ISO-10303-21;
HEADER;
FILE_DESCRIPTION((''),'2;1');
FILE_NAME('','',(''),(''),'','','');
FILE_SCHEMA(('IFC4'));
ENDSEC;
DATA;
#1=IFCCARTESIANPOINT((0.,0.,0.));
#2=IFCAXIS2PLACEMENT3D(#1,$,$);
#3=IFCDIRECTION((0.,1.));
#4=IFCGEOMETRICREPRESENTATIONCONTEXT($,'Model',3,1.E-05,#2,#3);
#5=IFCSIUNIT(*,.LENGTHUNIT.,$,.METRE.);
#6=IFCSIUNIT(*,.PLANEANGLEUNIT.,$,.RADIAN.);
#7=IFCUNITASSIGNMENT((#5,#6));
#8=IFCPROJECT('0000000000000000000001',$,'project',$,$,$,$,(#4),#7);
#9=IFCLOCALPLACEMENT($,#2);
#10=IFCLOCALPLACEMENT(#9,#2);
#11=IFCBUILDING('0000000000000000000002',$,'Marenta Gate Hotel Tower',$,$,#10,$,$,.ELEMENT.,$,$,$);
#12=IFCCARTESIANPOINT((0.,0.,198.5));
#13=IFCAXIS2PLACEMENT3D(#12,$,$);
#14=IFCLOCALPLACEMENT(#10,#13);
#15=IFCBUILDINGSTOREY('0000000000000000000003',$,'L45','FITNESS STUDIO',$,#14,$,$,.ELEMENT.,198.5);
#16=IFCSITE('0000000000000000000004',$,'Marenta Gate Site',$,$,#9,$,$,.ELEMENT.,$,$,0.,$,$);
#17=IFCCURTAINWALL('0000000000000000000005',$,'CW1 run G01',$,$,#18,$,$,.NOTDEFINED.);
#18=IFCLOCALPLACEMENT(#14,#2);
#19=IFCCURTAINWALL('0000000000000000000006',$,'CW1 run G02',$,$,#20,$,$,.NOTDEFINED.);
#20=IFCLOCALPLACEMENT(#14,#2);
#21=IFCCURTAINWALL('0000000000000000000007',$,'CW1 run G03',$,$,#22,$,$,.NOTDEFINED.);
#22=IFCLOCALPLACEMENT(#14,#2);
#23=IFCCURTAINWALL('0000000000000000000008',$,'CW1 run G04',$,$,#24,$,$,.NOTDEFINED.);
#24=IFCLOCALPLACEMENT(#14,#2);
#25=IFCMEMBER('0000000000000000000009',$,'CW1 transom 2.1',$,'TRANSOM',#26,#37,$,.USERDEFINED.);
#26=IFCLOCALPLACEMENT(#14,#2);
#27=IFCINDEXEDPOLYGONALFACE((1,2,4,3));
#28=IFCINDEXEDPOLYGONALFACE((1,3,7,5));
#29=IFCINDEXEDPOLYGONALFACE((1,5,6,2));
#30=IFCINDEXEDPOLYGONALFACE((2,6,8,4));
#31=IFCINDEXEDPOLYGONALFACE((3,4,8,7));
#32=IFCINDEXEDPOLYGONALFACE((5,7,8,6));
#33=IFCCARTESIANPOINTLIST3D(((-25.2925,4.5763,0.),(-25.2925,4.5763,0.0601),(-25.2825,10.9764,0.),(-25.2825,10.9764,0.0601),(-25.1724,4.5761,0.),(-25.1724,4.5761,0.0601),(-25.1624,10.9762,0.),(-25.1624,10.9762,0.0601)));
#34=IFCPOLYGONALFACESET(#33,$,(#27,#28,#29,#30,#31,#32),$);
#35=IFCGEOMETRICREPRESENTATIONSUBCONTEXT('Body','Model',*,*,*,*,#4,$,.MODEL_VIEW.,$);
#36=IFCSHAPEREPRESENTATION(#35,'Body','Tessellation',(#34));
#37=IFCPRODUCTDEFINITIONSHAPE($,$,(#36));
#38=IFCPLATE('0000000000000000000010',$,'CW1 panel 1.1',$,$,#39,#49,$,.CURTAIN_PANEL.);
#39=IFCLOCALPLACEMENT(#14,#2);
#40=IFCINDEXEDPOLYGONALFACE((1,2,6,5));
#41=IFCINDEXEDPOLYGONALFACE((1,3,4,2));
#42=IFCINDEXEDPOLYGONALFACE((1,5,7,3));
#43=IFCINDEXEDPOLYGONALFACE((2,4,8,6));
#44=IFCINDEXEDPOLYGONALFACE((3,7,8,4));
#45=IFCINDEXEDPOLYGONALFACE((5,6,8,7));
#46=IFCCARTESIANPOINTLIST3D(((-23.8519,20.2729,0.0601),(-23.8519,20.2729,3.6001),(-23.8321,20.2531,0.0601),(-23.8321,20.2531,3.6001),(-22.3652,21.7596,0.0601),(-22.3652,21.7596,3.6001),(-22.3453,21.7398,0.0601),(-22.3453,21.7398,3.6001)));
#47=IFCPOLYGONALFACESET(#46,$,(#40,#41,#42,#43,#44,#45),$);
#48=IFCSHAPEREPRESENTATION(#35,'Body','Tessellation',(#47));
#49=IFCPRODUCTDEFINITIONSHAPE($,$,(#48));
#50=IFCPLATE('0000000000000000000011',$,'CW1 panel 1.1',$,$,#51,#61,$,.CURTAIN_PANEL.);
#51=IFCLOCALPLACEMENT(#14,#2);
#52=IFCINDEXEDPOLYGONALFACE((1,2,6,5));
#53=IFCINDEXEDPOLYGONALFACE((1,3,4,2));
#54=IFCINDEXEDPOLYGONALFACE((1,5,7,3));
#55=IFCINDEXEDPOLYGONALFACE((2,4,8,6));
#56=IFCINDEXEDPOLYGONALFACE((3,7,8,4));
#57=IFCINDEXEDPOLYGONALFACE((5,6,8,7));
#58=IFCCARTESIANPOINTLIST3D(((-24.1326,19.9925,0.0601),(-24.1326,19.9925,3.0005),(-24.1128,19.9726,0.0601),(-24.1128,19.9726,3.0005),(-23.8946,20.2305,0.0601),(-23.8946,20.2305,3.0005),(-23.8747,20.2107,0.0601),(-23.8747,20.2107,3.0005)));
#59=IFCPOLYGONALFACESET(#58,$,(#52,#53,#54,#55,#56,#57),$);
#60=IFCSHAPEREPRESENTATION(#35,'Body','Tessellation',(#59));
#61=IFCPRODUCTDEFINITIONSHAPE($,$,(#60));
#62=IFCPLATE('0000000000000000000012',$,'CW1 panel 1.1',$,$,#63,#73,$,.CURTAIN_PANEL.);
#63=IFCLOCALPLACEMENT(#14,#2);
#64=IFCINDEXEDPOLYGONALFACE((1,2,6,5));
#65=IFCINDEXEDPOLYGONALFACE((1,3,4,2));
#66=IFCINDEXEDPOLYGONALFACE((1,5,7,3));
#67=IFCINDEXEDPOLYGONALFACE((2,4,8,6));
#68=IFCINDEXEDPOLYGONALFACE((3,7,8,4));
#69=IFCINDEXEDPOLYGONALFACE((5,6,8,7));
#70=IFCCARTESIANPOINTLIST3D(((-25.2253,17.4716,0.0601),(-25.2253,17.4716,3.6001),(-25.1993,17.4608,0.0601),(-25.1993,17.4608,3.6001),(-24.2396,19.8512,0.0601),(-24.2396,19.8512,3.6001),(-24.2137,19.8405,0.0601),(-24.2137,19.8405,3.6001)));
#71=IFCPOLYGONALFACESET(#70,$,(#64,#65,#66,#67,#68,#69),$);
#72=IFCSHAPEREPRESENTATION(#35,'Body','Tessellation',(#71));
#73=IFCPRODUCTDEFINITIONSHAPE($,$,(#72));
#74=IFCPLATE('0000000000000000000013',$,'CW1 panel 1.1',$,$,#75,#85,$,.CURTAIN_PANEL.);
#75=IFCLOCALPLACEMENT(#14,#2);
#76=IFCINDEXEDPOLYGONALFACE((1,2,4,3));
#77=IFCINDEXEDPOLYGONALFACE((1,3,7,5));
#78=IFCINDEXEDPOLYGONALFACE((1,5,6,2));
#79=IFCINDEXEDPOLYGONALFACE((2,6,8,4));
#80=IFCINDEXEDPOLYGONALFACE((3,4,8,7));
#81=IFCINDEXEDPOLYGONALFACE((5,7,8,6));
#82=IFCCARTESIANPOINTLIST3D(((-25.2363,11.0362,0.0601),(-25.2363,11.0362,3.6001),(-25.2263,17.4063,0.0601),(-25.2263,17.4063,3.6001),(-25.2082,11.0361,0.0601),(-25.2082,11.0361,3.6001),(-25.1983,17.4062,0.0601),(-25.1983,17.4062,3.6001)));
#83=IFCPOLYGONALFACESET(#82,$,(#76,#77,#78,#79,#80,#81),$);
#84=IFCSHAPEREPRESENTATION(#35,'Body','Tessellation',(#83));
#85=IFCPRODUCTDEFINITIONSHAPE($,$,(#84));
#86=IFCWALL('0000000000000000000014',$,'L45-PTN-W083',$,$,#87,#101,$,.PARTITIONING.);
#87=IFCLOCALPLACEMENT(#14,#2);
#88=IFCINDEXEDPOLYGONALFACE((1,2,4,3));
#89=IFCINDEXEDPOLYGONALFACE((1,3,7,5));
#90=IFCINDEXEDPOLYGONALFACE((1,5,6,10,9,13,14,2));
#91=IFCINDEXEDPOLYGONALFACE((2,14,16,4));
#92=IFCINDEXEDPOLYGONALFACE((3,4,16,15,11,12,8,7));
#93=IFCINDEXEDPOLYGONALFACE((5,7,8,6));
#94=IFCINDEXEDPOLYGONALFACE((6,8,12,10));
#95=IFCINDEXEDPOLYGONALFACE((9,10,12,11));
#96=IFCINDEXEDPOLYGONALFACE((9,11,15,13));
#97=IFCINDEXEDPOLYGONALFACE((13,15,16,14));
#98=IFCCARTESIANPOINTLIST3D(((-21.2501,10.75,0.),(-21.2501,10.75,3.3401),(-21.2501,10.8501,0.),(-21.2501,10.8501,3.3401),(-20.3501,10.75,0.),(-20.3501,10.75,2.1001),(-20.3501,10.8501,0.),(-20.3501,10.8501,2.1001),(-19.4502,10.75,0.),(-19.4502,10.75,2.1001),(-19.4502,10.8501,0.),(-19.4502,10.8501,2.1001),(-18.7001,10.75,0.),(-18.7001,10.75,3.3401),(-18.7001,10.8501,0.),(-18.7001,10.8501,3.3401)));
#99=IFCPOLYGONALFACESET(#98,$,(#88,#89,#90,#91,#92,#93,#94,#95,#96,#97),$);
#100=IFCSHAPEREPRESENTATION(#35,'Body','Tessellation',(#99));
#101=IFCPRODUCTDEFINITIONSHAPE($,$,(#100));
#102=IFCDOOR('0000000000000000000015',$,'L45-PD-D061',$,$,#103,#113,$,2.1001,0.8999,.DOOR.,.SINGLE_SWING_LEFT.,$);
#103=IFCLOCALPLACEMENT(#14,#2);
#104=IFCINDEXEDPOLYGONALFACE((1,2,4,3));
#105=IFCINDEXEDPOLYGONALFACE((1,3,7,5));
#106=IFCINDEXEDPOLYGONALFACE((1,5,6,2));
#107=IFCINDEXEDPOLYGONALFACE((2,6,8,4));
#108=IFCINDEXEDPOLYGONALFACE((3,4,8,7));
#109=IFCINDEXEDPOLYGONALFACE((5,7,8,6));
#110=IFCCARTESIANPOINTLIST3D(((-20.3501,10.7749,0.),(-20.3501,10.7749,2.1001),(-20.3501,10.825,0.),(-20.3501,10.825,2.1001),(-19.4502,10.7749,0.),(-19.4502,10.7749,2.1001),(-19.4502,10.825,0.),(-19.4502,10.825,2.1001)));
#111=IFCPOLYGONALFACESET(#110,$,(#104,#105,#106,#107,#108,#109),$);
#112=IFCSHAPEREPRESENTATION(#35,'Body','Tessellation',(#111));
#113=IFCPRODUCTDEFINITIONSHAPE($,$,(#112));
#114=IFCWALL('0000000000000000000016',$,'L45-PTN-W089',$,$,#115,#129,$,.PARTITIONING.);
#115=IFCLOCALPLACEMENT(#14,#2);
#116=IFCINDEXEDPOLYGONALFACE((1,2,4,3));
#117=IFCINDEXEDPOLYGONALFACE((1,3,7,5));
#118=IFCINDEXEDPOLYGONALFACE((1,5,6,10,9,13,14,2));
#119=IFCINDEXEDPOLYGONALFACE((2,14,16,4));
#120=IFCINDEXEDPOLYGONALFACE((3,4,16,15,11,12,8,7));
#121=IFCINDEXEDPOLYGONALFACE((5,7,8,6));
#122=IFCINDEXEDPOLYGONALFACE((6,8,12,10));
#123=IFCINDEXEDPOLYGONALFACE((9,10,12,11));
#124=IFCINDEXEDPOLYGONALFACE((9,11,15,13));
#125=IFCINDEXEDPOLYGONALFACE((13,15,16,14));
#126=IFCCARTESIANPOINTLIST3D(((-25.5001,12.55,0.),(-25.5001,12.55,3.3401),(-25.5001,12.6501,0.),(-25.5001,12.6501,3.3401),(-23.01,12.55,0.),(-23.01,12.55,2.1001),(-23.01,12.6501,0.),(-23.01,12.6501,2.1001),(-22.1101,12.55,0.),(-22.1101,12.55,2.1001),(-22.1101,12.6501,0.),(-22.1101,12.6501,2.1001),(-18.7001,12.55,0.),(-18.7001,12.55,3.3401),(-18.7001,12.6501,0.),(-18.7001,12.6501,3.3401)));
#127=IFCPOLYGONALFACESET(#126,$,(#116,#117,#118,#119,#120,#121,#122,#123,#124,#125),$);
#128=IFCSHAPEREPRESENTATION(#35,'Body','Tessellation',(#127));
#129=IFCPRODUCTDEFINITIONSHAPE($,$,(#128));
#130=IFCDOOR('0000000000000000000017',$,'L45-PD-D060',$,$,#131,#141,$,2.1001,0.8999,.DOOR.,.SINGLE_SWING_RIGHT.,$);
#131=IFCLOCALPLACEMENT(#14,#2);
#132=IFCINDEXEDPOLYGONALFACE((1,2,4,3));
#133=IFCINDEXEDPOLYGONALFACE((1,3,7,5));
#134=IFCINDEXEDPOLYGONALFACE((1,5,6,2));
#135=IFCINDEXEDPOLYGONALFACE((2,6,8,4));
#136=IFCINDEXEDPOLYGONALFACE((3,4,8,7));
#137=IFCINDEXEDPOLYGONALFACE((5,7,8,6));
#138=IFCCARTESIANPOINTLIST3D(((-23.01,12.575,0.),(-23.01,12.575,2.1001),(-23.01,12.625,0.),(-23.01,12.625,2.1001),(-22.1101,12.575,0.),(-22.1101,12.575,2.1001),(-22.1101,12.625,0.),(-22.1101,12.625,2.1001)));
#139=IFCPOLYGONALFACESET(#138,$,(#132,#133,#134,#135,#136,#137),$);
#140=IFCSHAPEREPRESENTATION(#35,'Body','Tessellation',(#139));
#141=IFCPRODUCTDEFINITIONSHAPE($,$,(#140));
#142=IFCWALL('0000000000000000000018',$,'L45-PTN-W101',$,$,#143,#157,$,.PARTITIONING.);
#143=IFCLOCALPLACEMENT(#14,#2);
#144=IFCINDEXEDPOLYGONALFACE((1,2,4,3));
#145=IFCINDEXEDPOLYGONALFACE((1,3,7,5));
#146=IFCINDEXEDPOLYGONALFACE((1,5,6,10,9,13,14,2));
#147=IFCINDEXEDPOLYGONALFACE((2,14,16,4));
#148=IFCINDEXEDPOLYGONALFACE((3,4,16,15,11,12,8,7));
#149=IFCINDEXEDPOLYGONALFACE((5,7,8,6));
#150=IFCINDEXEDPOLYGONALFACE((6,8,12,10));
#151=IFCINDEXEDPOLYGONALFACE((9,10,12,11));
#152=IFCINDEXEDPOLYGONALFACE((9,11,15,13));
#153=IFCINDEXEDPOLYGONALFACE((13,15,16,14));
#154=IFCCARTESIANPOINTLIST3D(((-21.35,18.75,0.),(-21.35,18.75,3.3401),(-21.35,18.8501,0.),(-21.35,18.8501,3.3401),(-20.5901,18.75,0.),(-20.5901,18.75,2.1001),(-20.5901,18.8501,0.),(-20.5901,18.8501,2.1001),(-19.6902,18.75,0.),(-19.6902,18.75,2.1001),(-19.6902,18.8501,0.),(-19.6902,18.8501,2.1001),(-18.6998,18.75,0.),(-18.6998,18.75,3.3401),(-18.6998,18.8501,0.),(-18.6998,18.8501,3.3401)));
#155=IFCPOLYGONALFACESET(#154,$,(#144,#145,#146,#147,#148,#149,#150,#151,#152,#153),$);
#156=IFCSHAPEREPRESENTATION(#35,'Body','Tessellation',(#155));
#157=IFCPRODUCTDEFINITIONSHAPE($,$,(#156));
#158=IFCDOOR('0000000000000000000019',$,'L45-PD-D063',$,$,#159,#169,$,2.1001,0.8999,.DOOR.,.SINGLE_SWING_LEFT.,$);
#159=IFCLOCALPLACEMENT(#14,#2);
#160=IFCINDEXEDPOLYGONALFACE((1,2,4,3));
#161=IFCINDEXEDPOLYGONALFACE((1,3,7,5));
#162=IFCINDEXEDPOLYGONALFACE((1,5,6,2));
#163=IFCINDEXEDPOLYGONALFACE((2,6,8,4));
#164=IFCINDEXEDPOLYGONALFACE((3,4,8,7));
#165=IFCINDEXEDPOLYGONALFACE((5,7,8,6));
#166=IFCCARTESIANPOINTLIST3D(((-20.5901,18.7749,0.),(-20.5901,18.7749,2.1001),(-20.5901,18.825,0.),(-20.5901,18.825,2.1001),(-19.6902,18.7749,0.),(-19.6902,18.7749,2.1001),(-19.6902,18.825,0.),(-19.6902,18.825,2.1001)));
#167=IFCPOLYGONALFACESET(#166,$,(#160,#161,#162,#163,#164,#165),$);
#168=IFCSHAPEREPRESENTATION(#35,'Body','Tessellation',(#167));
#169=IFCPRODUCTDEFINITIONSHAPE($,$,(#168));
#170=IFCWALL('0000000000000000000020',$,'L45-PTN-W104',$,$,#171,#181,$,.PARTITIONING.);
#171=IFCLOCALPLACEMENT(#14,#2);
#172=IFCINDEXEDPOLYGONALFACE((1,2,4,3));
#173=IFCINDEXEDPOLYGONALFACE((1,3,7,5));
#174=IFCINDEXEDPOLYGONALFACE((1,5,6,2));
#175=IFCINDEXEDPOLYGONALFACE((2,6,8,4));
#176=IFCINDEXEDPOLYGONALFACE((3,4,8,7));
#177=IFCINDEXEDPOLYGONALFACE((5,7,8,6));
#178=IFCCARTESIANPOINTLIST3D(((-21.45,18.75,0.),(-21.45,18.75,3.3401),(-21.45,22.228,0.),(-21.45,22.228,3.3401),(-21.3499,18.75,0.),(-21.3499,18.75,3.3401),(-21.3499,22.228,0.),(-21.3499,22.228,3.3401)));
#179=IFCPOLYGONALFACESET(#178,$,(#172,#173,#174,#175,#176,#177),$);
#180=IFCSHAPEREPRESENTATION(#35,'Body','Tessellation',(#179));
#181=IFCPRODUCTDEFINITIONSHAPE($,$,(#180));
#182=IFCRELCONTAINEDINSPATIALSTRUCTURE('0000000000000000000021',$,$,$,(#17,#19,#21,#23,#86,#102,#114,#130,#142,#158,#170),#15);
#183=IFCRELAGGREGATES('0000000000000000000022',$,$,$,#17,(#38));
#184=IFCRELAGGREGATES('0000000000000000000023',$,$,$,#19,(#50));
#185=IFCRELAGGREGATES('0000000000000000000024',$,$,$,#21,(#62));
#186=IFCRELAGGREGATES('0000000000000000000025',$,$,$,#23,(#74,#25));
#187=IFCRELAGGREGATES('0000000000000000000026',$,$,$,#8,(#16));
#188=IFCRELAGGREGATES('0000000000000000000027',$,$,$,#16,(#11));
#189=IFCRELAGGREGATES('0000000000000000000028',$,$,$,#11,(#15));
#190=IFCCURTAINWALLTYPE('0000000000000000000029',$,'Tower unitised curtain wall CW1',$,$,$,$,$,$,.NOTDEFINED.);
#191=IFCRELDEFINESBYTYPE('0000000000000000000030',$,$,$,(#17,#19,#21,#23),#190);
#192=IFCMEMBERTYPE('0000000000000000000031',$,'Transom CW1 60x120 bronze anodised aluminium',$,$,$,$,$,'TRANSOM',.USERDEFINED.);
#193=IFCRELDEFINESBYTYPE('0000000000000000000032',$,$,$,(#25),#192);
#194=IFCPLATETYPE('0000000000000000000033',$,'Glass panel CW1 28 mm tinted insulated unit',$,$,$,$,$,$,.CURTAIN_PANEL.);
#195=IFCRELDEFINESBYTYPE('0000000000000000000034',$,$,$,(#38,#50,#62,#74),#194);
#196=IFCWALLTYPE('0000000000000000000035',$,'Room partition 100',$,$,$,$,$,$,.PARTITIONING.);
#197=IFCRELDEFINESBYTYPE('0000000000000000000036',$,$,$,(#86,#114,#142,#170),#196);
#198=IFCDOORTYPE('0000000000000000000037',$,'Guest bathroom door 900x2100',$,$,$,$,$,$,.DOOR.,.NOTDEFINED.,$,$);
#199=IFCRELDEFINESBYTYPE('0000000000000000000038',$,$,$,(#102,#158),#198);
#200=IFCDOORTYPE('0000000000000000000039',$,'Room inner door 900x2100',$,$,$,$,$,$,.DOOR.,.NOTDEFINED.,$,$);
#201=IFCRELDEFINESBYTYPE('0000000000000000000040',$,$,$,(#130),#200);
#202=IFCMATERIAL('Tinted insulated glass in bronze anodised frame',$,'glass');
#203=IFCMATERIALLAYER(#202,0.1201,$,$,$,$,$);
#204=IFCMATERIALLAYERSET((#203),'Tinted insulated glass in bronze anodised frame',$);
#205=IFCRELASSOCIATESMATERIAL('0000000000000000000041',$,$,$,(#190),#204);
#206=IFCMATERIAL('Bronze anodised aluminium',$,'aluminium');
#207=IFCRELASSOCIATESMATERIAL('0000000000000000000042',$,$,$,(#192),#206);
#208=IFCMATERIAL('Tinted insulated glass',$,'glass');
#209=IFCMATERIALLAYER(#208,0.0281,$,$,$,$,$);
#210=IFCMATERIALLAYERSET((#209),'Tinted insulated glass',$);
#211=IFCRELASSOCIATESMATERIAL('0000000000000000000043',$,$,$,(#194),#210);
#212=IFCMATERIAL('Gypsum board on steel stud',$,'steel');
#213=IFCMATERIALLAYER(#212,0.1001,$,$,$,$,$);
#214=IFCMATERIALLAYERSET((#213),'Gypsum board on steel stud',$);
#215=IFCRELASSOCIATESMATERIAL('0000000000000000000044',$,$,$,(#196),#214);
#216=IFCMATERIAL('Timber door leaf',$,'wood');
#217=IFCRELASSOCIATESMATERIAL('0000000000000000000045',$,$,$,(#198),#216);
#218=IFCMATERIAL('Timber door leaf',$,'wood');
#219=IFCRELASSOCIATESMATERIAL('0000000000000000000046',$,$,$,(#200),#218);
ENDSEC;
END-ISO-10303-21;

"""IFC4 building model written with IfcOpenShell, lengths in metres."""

from ifc_helpers import new_model, si_unit, direction, frame, frame_2d, origin, origin_2d, place, context, subcontext, project, spatial, rectangle, extrude, material, layer, layer_set, material_profile, profile_set, type_object, element, fill, aggregate, save


model = new_model("IFC4")

# Units and contexts
model_context = context("Model", 3, precision=1e-05, world=origin(), true_north=direction((0.0, 1.0)))
body_context = subcontext(model_context, "Body", "Model", "MODEL_VIEW")
ifc_project = project(units=[si_unit("LENGTHUNIT", "METRE"), si_unit("PLANEANGLEUNIT", "RADIAN")], contexts=[model_context])

# Site, building, storey
site_placement = place(None, origin())
site = spatial("IfcSite", under=ifc_project, at=site_placement, Name="Marenta Gate Site", CompositionType="ELEMENT", RefElevation=0.0)
building_placement = place(site_placement, origin())
building = spatial("IfcBuilding", under=site, at=building_placement, Name="Marenta Gate Hotel Tower", CompositionType="ELEMENT")
storey_placement = place(building_placement, frame((0.0, 0.0, 198.5)))
storey = spatial("IfcBuildingStorey", under=building, at=storey_placement, Name="L45", Description="FITNESS STUDIO", CompositionType="ELEMENT", Elevation=198.5)

# Curtain wall
ifc_material_1 = material(Name="Tinted insulated glass in bronze anodised frame", Category="glass")
ifc_layer_1 = layer(ifc_material_1, 0.1201)
ifc_layer_set_1 = layer_set([ifc_layer_1], Name="Tinted insulated glass in bronze anodised frame")
curtain_wall_type = type_object("IfcCurtainWallType", Name="Tower unitised curtain wall CW1", PredefinedType="NOTDEFINED", material=ifc_layer_set_1)
curtain_wall_1_placement = place(storey_placement, origin())
curtain_wall_1 = element("IfcCurtainWall", 1, at=curtain_wall_1_placement, inside=storey, type_object=curtain_wall_type, Name="CW1 run G01", PredefinedType="NOTDEFINED")

# Curtain wall
curtain_wall_2_placement = place(storey_placement, origin())
curtain_wall_2 = element("IfcCurtainWall", 2, at=curtain_wall_2_placement, inside=storey, type_object=curtain_wall_type, Name="CW1 run G02", PredefinedType="NOTDEFINED")

# Curtain wall
curtain_wall_3_placement = place(storey_placement, origin())
curtain_wall_3 = element("IfcCurtainWall", 3, at=curtain_wall_3_placement, inside=storey, type_object=curtain_wall_type, Name="CW1 run G03", PredefinedType="NOTDEFINED")

# Curtain wall
curtain_wall_4_placement = place(storey_placement, origin())
curtain_wall_4 = element("IfcCurtainWall", 4, at=curtain_wall_4_placement, inside=storey, type_object=curtain_wall_type, Name="CW1 run G04", PredefinedType="NOTDEFINED")

# Member
ifc_material_2 = material(Name="Bronze anodised aluminium", Category="aluminium")
ifc_material_profile_1 = material_profile(ifc_material_2, rectangle(XDim=0.1201, YDim=0.0601, at=origin_2d()), Name="Transom CW1 60x120 bronze anodised aluminium")
ifc_profile_set_1 = profile_set([ifc_material_profile_1], Name="Bronze anodised aluminium")
member_type_1 = type_object("IfcMemberType", Name="Transom CW1 60x120 bronze anodised aluminium", ElementType="TRANSOM", PredefinedType="USERDEFINED", material=ifc_profile_set_1)
member_1_placement = place(storey_placement, frame((-25.2224, 10.9763, 0.03), z_axis=(-0.001564, -0.999999, 0.0), x_axis=(0.999999, -0.001564, 0.0)))
member_1 = element("IfcMember", 5, at=member_1_placement, type_object=member_type_1, Name="CW1 transom 2.1", ObjectType="TRANSOM", PredefinedType="USERDEFINED", context=body_context, shape_type="SweptSolid", body=[
    extrude(rectangle(XDim=0.1201, YDim=0.0601, at=origin_2d()), origin(), (0.0, 0.0, 1.0), 6.4001),
])

# Plates
ifc_material_3 = material(Name="Tinted insulated glass", Category="glass")
ifc_layer_2 = layer(ifc_material_3, 0.0281)
ifc_layer_set_2 = layer_set([ifc_layer_2], Name="Tinted insulated glass")
plate_type = type_object("IfcPlateType", Name="Glass panel CW1 28 mm tinted insulated unit", PredefinedType="CURTAIN_PANEL", material=ifc_layer_set_2)
plate_1_placement = place(storey_placement, frame((-23.0986, 21.0063, 0.0601), z_axis=(0.0, 0.0, 1.0), x_axis=(-0.707107, -0.707107, 0.0)))
plate_1 = element("IfcPlate", 6, at=plate_1_placement, type_object=plate_type, Name="CW1 panel 1.1", PredefinedType="CURTAIN_PANEL", context=body_context, shape_type="SweptSolid", body=[
    extrude(rectangle(XDim=2.1025, YDim=0.0281, at=origin_2d()), origin(), (0.0, 0.0, 1.0), 3.54),
])
aggregate(curtain_wall_1, [plate_1])
plate_2_placement = place(storey_placement, frame((-24.0037, 20.1016, 0.0601), z_axis=(0.0, 0.0, 1.0), x_axis=(-0.707107, -0.707107, 0.0)))
plate_2 = element("IfcPlate", 7, at=plate_2_placement, type_object=plate_type, Name="CW1 panel 1.1", PredefinedType="CURTAIN_PANEL", context=body_context, shape_type="SweptSolid", body=[
    extrude(rectangle(XDim=0.3367, YDim=0.0281, at=origin_2d()), origin(), (0.0, 0.0, 1.0), 2.9404),
])
aggregate(curtain_wall_2, [plate_2])
plate_3_placement = place(storey_placement, frame((-24.7195, 18.656, 0.0601), z_axis=(0.0, 0.0, 1.0), x_axis=(-0.382667, -0.923886, 0.0)))
plate_3 = element("IfcPlate", 8, at=plate_3_placement, type_object=plate_type, Name="CW1 panel 1.1", PredefinedType="CURTAIN_PANEL", context=body_context, shape_type="SweptSolid", body=[
    extrude(rectangle(XDim=2.5757, YDim=0.0281, at=origin_2d()), origin(), (0.0, 0.0, 1.0), 3.54),
])
aggregate(curtain_wall_3, [plate_3])
plate_4_placement = place(storey_placement, frame((-25.2173, 14.2212, 0.0601), z_axis=(0.0, 0.0, 1.0), x_axis=(-0.001566, -0.999999, 0.0)))
plate_4 = element("IfcPlate", 9, at=plate_4_placement, type_object=plate_type, Name="CW1 panel 1.1", PredefinedType="CURTAIN_PANEL", context=body_context, shape_type="SweptSolid", body=[
    extrude(rectangle(XDim=6.3701, YDim=0.0281, at=origin_2d()), origin(), (0.0, 0.0, 1.0), 3.54),
])
aggregate(curtain_wall_4, [plate_4, member_1])

# Walls, openings, doors
ifc_material_4 = material(Name="Gypsum board on steel stud", Category="steel")
ifc_layer_3 = layer(ifc_material_4, 0.1001)
ifc_layer_set_3 = layer_set([ifc_layer_3], Name="Gypsum board on steel stud")
wall_type_1 = type_object("IfcWallType", Name="Room partition 100", PredefinedType="PARTITIONING", material=ifc_layer_set_3)
wall_1_placement = place(storey_placement, frame((-21.25, 10.8, 0.0), z_axis=(0.0, 0.0, 1.0), x_axis=(1.0, 0.0, 0.0)))
wall_1 = element("IfcWall", 10, at=wall_1_placement, inside=storey, type_object=wall_type_1, Name="L45-PTN-W083", PredefinedType="PARTITIONING", context=body_context, shape_type="SweptSolid", body=[
    extrude(rectangle(XDim=2.55, YDim=0.1001, at=frame_2d((1.2749, 0.0))), origin(), (0.0, 0.0, 1.0), 3.3401),
])
opening_1_placement = place(wall_1_placement, frame((0.8999, 0.0, 0.0)))
opening_1 = element("IfcOpeningElement", 11, at=opening_1_placement, cuts=wall_1, PredefinedType="OPENING", context=body_context, shape_type="SweptSolid", body=[
    extrude(rectangle(XDim=0.8999, YDim=2.1001, at=frame_2d((0.45, 1.05))), frame((0.0, 0.05, 0.0), z_axis=(0.0, -1.0, 0.0), x_axis=(1.0, 0.0, 0.0)), (0.0, 0.0, 1.0), 0.1001),
])
ifc_material_5 = material(Name="Timber door leaf", Category="wood")
door_type_1 = type_object("IfcDoorType", Name="Guest bathroom door 900x2100", OperationType="NOTDEFINED", PredefinedType="DOOR", material=ifc_material_5)
door_1_placement = place(opening_1_placement, origin())
door_1 = element("IfcDoor", 12, at=door_1_placement, inside=storey, type_object=door_type_1, Name="L45-PD-D061", OperationType="SINGLE_SWING_LEFT", OverallHeight=2.1001, OverallWidth=0.8999, PredefinedType="DOOR", context=body_context, shape_type="SweptSolid", body=[
    extrude(rectangle(XDim=0.8999, YDim=2.1001, at=frame_2d((0.45, 1.05))), frame((0.0, 0.0249, 0.0), z_axis=(0.0, -1.0, 0.0), x_axis=(1.0, 0.0, 0.0)), (0.0, 0.0, 1.0), 0.05),
])
fill(opening_1, door_1)
wall_2_placement = place(storey_placement, frame((-25.5, 12.6001, 0.0), z_axis=(0.0, 0.0, 1.0), x_axis=(1.0, 0.0, 0.0)))
wall_2 = element("IfcWall", 13, at=wall_2_placement, inside=storey, type_object=wall_type_1, Name="L45-PTN-W089", PredefinedType="PARTITIONING", context=body_context, shape_type="SweptSolid", body=[
    extrude(rectangle(XDim=6.8, YDim=0.1001, at=frame_2d((3.3999, 0.0))), origin(), (0.0, 0.0, 1.0), 3.3401),
])
opening_2_placement = place(wall_2_placement, frame((2.49, 0.0, 0.0)))
opening_2 = element("IfcOpeningElement", 14, at=opening_2_placement, cuts=wall_2, PredefinedType="OPENING", context=body_context, shape_type="SweptSolid", body=[
    extrude(rectangle(XDim=0.8999, YDim=2.1001, at=frame_2d((0.45, 1.05))), frame((0.0, 0.05, 0.0), z_axis=(0.0, -1.0, 0.0), x_axis=(1.0, 0.0, 0.0)), (0.0, 0.0, 1.0), 0.1001),
])
ifc_material_6 = material(Name="Timber door leaf", Category="wood")
door_type_2 = type_object("IfcDoorType", Name="Room inner door 900x2100", OperationType="NOTDEFINED", PredefinedType="DOOR", material=ifc_material_6)
door_2_placement = place(opening_2_placement, origin())
door_2 = element("IfcDoor", 15, at=door_2_placement, inside=storey, type_object=door_type_2, Name="L45-PD-D060", OperationType="SINGLE_SWING_RIGHT", OverallHeight=2.1001, OverallWidth=0.8999, PredefinedType="DOOR", context=body_context, shape_type="SweptSolid", body=[
    extrude(rectangle(XDim=0.8999, YDim=2.1001, at=frame_2d((0.45, 1.05))), frame((0.0, 0.0249, 0.0), z_axis=(0.0, -1.0, 0.0), x_axis=(1.0, 0.0, 0.0)), (0.0, 0.0, 1.0), 0.05),
])
fill(opening_2, door_2)
wall_3_placement = place(storey_placement, frame((-21.3501, 18.8, 0.0), z_axis=(0.0, 0.0, 1.0), x_axis=(1.0, 0.0, 0.0)))
wall_3 = element("IfcWall", 16, at=wall_3_placement, inside=storey, type_object=wall_type_1, Name="L45-PTN-W101", PredefinedType="PARTITIONING", context=body_context, shape_type="SweptSolid", body=[
    extrude(rectangle(XDim=2.6501, YDim=0.1001, at=frame_2d((1.3252, 0.0))), origin(), (0.0, 0.0, 1.0), 3.3401),
])
opening_3_placement = place(wall_3_placement, frame((0.76, 0.0, 0.0)))
opening_3 = element("IfcOpeningElement", 17, at=opening_3_placement, cuts=wall_3, PredefinedType="OPENING", context=body_context, shape_type="SweptSolid", body=[
    extrude(rectangle(XDim=0.8999, YDim=2.1001, at=frame_2d((0.45, 1.05))), frame((0.0, 0.05, 0.0), z_axis=(0.0, -1.0, 0.0), x_axis=(1.0, 0.0, 0.0)), (0.0, 0.0, 1.0), 0.1001),
])
door_3_placement = place(opening_3_placement, origin())
door_3 = element("IfcDoor", 18, at=door_3_placement, inside=storey, type_object=door_type_1, Name="L45-PD-D063", OperationType="SINGLE_SWING_LEFT", OverallHeight=2.1001, OverallWidth=0.8999, PredefinedType="DOOR", context=body_context, shape_type="SweptSolid", body=[
    extrude(rectangle(XDim=0.8999, YDim=2.1001, at=frame_2d((0.45, 1.05))), frame((0.0, 0.0249, 0.0), z_axis=(0.0, -1.0, 0.0), x_axis=(1.0, 0.0, 0.0)), (0.0, 0.0, 1.0), 0.05),
])
fill(opening_3, door_3)

# Wall
wall_4_placement = place(storey_placement, frame((-21.3999, 18.75, 0.0), z_axis=(0.0, 0.0, 1.0), x_axis=(0.0, 1.0, 0.0)))
element("IfcWall", 19, at=wall_4_placement, inside=storey, type_object=wall_type_1, Name="L45-PTN-W104", PredefinedType="PARTITIONING", context=body_context, shape_type="SweptSolid", body=[
    extrude(rectangle(XDim=3.478, YDim=0.1001, at=frame_2d((1.739, 0.0))), origin(), (0.0, 0.0, 1.0), 3.3401),
])

save(model, "model.ifc")
